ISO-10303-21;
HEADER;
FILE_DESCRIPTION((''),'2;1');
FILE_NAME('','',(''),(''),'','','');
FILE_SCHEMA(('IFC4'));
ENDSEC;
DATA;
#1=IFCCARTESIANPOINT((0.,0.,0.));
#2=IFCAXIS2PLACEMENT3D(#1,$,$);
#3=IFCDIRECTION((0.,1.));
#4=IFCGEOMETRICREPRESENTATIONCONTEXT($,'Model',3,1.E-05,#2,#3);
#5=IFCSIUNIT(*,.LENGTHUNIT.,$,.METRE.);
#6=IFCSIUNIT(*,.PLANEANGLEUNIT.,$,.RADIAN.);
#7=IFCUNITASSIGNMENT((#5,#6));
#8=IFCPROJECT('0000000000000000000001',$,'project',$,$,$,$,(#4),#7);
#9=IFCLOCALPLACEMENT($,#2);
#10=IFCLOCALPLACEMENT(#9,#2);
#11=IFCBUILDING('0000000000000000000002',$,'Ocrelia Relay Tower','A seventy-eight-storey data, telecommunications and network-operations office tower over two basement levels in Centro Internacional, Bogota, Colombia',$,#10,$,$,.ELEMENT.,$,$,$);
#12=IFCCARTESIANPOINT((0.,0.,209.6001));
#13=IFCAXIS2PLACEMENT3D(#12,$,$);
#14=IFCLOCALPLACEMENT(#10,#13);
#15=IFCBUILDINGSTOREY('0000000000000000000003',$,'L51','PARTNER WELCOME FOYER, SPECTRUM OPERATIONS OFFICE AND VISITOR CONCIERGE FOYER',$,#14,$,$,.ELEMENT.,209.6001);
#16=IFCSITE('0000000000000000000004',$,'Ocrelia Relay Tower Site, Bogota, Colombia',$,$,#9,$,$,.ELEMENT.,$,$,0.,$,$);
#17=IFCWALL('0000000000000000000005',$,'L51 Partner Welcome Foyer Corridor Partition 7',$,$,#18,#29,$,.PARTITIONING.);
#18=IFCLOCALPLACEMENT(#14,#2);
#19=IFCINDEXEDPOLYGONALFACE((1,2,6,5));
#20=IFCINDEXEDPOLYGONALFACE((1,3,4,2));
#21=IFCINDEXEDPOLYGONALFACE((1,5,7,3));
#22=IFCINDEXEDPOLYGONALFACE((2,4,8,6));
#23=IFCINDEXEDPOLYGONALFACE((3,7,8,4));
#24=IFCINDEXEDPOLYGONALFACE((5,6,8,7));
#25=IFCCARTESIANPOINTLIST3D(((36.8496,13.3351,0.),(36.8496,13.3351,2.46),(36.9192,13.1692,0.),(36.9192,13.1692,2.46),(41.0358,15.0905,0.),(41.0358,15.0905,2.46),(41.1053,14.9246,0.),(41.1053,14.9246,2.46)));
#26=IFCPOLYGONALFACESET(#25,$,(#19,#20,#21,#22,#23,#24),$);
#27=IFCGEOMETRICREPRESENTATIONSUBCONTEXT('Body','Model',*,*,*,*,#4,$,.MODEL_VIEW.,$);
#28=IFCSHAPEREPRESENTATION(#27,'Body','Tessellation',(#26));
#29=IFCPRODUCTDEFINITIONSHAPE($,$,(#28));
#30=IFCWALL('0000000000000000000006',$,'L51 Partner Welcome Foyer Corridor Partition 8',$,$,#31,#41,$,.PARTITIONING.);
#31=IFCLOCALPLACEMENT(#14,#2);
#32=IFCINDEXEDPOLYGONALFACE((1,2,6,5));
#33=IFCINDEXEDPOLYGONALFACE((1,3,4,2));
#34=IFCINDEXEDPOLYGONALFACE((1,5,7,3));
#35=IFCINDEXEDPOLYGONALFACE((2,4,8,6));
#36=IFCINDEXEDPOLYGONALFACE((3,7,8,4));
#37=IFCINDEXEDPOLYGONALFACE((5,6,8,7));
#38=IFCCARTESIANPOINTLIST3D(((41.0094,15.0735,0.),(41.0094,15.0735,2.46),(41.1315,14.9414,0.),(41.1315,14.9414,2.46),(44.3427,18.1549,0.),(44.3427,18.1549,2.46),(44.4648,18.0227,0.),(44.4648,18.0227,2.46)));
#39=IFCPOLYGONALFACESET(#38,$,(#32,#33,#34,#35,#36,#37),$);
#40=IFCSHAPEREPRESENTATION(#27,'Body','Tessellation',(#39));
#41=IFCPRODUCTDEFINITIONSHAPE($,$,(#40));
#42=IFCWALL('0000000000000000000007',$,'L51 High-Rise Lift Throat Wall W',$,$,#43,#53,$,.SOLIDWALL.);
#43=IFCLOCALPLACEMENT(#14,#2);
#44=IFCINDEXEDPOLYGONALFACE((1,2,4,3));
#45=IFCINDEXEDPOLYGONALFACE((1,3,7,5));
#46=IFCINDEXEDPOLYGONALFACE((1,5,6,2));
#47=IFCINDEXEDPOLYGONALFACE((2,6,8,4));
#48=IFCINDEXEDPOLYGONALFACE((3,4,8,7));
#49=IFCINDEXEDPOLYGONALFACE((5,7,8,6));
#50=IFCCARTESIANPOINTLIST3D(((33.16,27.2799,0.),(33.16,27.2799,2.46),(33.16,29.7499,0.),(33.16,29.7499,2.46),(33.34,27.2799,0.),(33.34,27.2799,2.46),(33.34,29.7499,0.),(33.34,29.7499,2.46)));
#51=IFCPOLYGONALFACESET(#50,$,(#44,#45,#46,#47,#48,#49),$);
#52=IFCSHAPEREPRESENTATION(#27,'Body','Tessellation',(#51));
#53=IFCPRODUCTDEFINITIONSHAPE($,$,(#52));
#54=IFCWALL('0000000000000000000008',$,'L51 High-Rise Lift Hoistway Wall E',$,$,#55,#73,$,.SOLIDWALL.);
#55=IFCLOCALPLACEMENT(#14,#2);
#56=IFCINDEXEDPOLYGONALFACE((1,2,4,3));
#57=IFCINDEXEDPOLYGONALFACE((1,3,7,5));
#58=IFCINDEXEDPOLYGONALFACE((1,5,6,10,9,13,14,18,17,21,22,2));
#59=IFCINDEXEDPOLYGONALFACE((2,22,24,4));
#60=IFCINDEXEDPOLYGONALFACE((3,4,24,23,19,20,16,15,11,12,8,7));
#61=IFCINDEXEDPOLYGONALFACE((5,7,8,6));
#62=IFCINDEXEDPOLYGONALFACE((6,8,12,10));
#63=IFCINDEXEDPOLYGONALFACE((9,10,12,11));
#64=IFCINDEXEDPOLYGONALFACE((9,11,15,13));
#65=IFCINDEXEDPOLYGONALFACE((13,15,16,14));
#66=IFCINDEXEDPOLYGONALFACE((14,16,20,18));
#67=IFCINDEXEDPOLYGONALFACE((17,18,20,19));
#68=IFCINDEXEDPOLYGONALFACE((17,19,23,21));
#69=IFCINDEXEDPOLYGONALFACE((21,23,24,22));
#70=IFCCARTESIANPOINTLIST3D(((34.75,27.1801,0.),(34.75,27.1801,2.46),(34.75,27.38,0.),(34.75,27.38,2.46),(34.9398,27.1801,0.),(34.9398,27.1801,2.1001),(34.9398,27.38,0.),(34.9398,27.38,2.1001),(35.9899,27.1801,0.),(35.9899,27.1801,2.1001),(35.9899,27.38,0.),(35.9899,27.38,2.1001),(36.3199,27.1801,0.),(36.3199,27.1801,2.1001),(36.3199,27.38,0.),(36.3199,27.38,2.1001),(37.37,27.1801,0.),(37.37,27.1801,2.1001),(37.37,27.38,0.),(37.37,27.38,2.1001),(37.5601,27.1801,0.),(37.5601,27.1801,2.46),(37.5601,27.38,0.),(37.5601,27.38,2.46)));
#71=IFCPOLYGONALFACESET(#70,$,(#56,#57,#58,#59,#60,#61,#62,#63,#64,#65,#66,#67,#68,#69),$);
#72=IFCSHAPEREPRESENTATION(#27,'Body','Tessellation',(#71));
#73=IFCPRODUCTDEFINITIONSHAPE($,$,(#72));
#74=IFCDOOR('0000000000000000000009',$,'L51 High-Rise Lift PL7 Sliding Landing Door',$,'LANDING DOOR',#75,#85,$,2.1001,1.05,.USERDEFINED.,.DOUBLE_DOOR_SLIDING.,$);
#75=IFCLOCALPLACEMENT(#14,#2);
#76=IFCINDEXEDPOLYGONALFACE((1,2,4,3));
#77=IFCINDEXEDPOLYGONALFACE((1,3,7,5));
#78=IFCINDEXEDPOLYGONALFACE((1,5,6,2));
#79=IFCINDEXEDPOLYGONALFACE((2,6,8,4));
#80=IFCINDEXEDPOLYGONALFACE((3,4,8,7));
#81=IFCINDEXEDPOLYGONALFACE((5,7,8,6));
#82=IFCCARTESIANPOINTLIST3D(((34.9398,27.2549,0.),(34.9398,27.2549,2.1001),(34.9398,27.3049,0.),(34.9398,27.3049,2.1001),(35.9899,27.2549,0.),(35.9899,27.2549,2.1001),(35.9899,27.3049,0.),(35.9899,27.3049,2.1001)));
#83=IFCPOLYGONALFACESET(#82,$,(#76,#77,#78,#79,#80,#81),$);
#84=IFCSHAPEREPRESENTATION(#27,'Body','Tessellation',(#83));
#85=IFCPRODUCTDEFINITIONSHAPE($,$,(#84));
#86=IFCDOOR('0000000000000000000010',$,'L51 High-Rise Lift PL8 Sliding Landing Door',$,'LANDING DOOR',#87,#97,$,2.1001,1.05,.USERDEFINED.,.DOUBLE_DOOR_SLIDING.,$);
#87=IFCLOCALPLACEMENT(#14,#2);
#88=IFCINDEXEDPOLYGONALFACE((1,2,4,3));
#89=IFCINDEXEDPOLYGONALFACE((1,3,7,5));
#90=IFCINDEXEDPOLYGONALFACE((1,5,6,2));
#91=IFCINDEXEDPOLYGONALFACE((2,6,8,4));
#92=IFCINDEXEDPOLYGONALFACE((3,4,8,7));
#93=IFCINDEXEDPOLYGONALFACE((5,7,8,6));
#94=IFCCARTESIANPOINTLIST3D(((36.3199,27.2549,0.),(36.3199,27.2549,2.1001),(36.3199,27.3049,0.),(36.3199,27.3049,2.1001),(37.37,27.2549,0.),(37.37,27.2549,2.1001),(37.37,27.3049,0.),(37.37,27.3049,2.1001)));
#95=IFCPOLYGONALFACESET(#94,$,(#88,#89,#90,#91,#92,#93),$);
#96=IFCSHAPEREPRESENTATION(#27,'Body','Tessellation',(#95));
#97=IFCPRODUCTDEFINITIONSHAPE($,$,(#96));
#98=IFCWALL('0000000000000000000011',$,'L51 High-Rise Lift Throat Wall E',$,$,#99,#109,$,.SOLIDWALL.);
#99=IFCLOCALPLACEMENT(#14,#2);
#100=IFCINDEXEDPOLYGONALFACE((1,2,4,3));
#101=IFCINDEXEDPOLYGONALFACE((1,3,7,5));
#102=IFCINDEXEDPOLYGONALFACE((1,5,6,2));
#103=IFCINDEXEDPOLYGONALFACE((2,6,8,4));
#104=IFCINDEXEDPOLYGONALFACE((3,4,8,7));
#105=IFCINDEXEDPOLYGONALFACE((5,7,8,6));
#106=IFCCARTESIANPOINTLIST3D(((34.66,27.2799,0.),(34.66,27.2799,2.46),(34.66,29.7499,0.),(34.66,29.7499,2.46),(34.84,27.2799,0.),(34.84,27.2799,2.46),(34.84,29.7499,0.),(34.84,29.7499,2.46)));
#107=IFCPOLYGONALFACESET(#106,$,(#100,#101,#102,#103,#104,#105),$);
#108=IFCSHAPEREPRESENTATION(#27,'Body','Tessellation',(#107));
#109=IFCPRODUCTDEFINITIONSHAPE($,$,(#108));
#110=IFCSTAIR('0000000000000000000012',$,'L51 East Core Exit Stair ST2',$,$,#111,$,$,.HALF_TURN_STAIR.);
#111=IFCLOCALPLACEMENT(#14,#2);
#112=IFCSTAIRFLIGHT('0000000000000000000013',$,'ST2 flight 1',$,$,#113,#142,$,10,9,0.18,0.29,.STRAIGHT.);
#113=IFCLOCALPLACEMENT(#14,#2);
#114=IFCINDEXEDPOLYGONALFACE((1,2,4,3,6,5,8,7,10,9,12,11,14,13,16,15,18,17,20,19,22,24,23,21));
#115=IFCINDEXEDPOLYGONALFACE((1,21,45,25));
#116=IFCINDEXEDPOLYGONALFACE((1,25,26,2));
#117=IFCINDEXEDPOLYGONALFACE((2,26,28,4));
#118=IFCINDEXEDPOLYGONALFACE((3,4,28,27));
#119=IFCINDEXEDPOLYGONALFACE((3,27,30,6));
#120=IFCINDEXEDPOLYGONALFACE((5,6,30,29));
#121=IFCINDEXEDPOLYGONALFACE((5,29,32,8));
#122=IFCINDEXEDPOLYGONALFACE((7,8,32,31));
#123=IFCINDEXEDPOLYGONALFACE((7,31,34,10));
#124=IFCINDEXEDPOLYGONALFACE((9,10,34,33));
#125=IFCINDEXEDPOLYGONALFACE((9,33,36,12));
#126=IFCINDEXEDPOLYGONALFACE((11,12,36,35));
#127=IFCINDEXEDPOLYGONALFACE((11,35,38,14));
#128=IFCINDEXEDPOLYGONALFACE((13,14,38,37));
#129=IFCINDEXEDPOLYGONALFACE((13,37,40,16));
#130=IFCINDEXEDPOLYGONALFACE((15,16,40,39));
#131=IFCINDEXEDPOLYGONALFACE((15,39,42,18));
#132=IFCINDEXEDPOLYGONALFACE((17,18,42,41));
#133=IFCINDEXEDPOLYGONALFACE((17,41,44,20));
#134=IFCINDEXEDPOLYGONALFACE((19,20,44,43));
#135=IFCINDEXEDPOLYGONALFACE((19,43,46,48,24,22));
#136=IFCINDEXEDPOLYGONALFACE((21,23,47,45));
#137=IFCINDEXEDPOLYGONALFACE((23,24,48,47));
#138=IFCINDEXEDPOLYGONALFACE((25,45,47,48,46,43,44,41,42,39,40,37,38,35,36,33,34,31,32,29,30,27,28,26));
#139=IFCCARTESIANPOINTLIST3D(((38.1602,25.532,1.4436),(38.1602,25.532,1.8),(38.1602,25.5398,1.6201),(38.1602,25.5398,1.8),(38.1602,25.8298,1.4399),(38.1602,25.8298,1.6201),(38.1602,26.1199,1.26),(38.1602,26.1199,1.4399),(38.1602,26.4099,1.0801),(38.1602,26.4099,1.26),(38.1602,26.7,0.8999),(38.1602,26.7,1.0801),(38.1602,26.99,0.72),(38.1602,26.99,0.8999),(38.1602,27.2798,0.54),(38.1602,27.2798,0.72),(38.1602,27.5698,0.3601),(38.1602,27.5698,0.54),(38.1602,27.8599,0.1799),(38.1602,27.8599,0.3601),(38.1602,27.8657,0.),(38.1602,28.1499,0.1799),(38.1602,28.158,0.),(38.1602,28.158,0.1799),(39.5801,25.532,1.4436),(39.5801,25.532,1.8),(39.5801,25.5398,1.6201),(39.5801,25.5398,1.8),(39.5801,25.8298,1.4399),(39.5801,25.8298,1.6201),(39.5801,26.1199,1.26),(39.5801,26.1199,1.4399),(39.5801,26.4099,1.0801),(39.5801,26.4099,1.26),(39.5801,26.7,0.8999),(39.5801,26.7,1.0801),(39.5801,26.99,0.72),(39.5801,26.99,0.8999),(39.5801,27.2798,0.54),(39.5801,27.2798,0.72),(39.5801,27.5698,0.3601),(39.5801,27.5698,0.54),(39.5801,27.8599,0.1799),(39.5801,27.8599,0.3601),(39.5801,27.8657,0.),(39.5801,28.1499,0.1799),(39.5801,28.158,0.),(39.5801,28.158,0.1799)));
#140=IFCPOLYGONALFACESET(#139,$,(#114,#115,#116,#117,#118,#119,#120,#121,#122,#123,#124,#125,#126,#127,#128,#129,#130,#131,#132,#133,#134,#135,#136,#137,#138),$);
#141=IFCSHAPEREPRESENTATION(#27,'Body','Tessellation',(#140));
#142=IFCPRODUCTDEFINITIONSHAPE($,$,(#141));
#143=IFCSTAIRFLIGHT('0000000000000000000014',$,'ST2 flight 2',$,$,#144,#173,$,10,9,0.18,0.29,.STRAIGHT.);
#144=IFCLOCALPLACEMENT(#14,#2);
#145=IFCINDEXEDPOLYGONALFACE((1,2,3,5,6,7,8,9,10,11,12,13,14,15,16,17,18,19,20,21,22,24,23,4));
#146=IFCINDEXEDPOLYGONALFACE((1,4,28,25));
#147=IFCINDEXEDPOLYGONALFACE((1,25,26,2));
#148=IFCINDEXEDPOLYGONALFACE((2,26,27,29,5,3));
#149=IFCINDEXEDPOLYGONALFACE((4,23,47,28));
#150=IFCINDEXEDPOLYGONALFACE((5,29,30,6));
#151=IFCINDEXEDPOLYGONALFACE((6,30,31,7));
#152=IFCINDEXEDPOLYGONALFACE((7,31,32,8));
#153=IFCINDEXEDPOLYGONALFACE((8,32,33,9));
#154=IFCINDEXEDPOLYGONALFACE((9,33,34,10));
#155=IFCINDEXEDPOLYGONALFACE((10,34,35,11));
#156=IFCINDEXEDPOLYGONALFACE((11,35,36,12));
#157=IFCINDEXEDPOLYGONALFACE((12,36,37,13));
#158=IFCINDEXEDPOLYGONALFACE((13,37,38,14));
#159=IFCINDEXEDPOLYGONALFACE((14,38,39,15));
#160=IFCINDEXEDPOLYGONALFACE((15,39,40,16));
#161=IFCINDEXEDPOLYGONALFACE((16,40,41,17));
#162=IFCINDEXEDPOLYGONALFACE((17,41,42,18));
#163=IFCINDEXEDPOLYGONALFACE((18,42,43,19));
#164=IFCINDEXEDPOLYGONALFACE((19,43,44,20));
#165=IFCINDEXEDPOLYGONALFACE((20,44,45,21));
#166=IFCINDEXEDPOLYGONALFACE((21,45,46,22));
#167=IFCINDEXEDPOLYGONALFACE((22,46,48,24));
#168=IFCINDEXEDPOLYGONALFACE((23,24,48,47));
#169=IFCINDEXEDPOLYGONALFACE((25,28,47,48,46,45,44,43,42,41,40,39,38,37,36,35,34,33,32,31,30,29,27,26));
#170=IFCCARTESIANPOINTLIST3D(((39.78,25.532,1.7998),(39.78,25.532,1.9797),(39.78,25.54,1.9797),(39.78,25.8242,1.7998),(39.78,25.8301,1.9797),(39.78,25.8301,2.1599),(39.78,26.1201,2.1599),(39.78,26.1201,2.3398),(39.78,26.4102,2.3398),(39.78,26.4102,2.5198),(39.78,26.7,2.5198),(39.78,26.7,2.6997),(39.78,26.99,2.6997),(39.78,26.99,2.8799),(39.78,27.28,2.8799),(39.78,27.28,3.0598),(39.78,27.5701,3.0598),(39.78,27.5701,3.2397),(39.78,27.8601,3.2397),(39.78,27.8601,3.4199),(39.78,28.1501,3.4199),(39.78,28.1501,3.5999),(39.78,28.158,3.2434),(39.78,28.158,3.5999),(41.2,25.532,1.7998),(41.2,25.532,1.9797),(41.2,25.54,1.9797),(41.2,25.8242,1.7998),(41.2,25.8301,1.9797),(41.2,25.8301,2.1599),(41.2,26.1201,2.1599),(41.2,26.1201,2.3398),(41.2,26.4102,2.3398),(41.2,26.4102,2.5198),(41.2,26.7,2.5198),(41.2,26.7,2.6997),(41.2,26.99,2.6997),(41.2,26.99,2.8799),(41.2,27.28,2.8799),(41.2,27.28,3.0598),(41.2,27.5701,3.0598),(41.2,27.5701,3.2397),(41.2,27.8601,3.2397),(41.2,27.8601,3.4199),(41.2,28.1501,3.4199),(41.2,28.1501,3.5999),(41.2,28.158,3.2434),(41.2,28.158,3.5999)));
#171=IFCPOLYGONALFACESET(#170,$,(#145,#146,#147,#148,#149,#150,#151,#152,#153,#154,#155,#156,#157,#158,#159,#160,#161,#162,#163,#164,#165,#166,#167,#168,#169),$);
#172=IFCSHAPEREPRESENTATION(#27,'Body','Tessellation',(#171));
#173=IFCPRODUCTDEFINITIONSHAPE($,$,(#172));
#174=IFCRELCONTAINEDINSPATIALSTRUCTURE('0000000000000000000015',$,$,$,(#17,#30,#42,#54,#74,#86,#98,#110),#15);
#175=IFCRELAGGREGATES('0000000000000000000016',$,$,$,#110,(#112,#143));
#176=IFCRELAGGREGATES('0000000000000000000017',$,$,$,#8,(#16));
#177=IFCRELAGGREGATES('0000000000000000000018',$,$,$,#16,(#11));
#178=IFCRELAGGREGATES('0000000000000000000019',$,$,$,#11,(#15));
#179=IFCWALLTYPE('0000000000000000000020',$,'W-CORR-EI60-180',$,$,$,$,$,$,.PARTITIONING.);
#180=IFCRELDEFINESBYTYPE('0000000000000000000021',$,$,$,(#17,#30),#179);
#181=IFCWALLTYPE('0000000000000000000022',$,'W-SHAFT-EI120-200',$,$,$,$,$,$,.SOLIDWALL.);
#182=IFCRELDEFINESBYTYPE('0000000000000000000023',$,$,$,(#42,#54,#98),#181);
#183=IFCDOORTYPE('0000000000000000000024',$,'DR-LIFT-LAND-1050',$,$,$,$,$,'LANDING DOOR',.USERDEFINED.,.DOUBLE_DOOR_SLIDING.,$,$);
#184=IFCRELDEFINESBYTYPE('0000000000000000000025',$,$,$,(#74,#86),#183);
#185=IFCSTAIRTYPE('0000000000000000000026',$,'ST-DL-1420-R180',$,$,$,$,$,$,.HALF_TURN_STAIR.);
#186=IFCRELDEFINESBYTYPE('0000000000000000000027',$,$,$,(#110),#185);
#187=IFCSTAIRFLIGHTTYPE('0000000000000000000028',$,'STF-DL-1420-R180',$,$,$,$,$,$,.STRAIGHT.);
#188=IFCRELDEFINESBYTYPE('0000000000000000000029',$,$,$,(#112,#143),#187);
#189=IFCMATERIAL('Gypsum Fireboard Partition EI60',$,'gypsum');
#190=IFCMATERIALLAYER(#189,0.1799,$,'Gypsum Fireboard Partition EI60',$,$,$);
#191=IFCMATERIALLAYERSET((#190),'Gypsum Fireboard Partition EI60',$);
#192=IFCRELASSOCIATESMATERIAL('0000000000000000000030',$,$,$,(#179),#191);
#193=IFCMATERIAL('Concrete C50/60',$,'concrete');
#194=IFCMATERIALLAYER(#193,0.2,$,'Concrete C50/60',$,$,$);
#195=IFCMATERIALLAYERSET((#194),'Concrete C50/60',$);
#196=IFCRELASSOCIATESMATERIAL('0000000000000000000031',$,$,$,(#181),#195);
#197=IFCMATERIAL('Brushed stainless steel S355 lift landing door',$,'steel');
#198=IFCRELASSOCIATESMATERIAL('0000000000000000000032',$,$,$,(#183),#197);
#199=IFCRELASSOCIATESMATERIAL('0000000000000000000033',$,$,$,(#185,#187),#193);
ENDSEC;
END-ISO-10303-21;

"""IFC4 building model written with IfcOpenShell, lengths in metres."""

from ifc_helpers import new_model, si_unit, direction, frame, frame_2d, origin, place, context, subcontext, project, spatial, polyline, rectangle, outline, extrude, material, layer, layer_set, type_object, element, fill, aggregate, save


model = new_model("IFC4")

# Units and contexts
model_context = context("Model", 3, precision=1e-05, world=origin(), true_north=direction((0.0, 1.0)))
body_context = subcontext(model_context, "Body", "Model", "MODEL_VIEW")
ifc_project = project(units=[si_unit("LENGTHUNIT", "METRE"), si_unit("PLANEANGLEUNIT", "RADIAN")], contexts=[model_context])

# Site, building, storey
site_placement = place(None, origin())
site = spatial("IfcSite", under=ifc_project, at=site_placement, Name="Ocrelia Relay Tower Site, Bogota, Colombia", CompositionType="ELEMENT", RefElevation=0.0)
building_placement = place(site_placement, origin())
building = spatial("IfcBuilding", under=site, at=building_placement, Name="Ocrelia Relay Tower", Description="A seventy-eight-storey data, telecommunications and network-operations office tower over two basement levels in Centro Internacional, Bogota, Colombia", CompositionType="ELEMENT")
storey_placement = place(building_placement, frame((0.0, 0.0, 209.6001)))
storey = spatial("IfcBuildingStorey", under=building, at=storey_placement, Name="L51", Description="PARTNER WELCOME FOYER, SPECTRUM OPERATIONS OFFICE AND VISITOR CONCIERGE FOYER", CompositionType="ELEMENT", Elevation=209.6001)

# Walls
ifc_material_1 = material(Name="Gypsum Fireboard Partition EI60", Category="gypsum")
ifc_layer_1 = layer(ifc_material_1, 0.1799, Name="Gypsum Fireboard Partition EI60")
ifc_layer_set_1 = layer_set([ifc_layer_1], Name="Gypsum Fireboard Partition EI60")
wall_type_1 = type_object("IfcWallType", Name="W-CORR-EI60-180", PredefinedType="PARTITIONING", material=ifc_layer_set_1)
for number, where, z_axis, x_axis, name in (
    (1, (36.8845, 13.2522, 0.0), (0.0, 0.0, 1.0), (0.922199, 0.386715, 0.0), "L51 Partner Welcome Foyer Corridor Partition 7"),
    (2, (41.0706, 15.0076, 0.0), (0.0, 0.0, 1.0), (0.734315, 0.678809, 0.0), "L51 Partner Welcome Foyer Corridor Partition 8"),
):
    element("IfcWall", number, at=place(storey_placement, frame(where, z_axis=z_axis, x_axis=x_axis)), inside=storey, type_object=wall_type_1, Name=name, PredefinedType="PARTITIONING", context=body_context, shape_type="SweptSolid", body=[
        extrude(rectangle(XDim=4.5393, YDim=0.1799, at=frame_2d((2.2695, 0.0))), origin(), (0.0, 0.0, 1.0), 2.46),
    ])
ifc_material_2 = material(Name="Concrete C50/60", Category="concrete")
ifc_layer_2 = layer(ifc_material_2, 0.2, Name="Concrete C50/60")
ifc_layer_set_2 = layer_set([ifc_layer_2], Name="Concrete C50/60")
wall_type_2 = type_object("IfcWallType", Name="W-SHAFT-EI120-200", PredefinedType="SOLIDWALL", material=ifc_layer_set_2)
wall_1_placement = place(storey_placement, frame((33.25, 27.28, 0.0), z_axis=(0.0, 0.0, 1.0), x_axis=(0.0, 1.0, 0.0)))
element("IfcWall", 3, at=wall_1_placement, inside=storey, type_object=wall_type_2, Name="L51 High-Rise Lift Throat Wall W", PredefinedType="SOLIDWALL", context=body_context, shape_type="SweptSolid", body=[
    extrude(rectangle(XDim=2.47, YDim=0.1799, at=frame_2d((1.2349, 0.0))), origin(), (0.0, 0.0, 1.0), 2.46),
])

# Wall, openings, doors
wall_2_placement = place(storey_placement, frame((34.75, 27.28, 0.0), z_axis=(0.0, 0.0, 1.0), x_axis=(1.0, 0.0, 0.0)))
wall_2 = element("IfcWall", 4, at=wall_2_placement, inside=storey, type_object=wall_type_2, Name="L51 High-Rise Lift Hoistway Wall E", PredefinedType="SOLIDWALL", context=body_context, shape_type="SweptSolid", body=[
    extrude(rectangle(XDim=2.8101, YDim=0.2, at=frame_2d((1.405, 0.0))), origin(), (0.0, 0.0, 1.0), 2.46),
])
opening_1_placement = place(wall_2_placement, frame((0.1899, 0.0, 0.0)))
opening_1 = element("IfcOpeningElement", 5, at=opening_1_placement, cuts=wall_2, PredefinedType="OPENING", context=body_context, shape_type="SweptSolid", body=[
    extrude(rectangle(XDim=1.05, YDim=2.1001, at=frame_2d((0.5249, 1.05))), frame((0.0, 0.1099, 0.0), z_axis=(0.0, -1.0, 0.0), x_axis=(1.0, 0.0, 0.0)), (0.0, 0.0, 1.0), 0.22),
])
opening_2_placement = place(wall_2_placement, frame((1.5701, 0.0, 0.0)))
opening_2 = element("IfcOpeningElement", 6, at=opening_2_placement, cuts=wall_2, PredefinedType="OPENING", context=body_context, shape_type="SweptSolid", body=[
    extrude(rectangle(XDim=1.05, YDim=2.1001, at=frame_2d((0.5249, 1.05))), frame((0.0, 0.1099, 0.0), z_axis=(0.0, -1.0, 0.0), x_axis=(1.0, 0.0, 0.0)), (0.0, 0.0, 1.0), 0.22),
])
ifc_material_3 = material(Name="Brushed stainless steel S355 lift landing door", Category="steel")
door_type = type_object("IfcDoorType", Name="DR-LIFT-LAND-1050", ElementType="LANDING DOOR", OperationType="DOUBLE_DOOR_SLIDING", PredefinedType="USERDEFINED", material=ifc_material_3)
door_1_placement = place(opening_1_placement, origin())
door_1 = element("IfcDoor", 7, at=door_1_placement, inside=storey, type_object=door_type, Name="L51 High-Rise Lift PL7 Sliding Landing Door", ObjectType="LANDING DOOR", OperationType="DOUBLE_DOOR_SLIDING", OverallHeight=2.1001, OverallWidth=1.05, PredefinedType="USERDEFINED", context=body_context, shape_type="SweptSolid", body=[
    extrude(rectangle(XDim=1.05, YDim=2.1001, at=frame_2d((0.5249, 1.05))), frame((0.0, 0.0249, 0.0), z_axis=(0.0, -1.0, 0.0), x_axis=(1.0, 0.0, 0.0)), (0.0, 0.0, 1.0), 0.05),
])
fill(opening_1, door_1)
door_2_placement = place(opening_2_placement, origin())
door_2 = element("IfcDoor", 8, at=door_2_placement, inside=storey, type_object=door_type, Name="L51 High-Rise Lift PL8 Sliding Landing Door", ObjectType="LANDING DOOR", OperationType="DOUBLE_DOOR_SLIDING", OverallHeight=2.1001, OverallWidth=1.05, PredefinedType="USERDEFINED", context=body_context, shape_type="SweptSolid", body=[
    extrude(rectangle(XDim=1.05, YDim=2.1001, at=frame_2d((0.5249, 1.05))), frame((0.0, 0.0249, 0.0), z_axis=(0.0, -1.0, 0.0), x_axis=(1.0, 0.0, 0.0)), (0.0, 0.0, 1.0), 0.05),
])
fill(opening_2, door_2)

# Wall
wall_3_placement = place(storey_placement, frame((34.75, 27.28, 0.0), z_axis=(0.0, 0.0, 1.0), x_axis=(0.0, 1.0, 0.0)))
element("IfcWall", 9, at=wall_3_placement, inside=storey, type_object=wall_type_2, Name="L51 High-Rise Lift Throat Wall E", PredefinedType="SOLIDWALL", context=body_context, shape_type="SweptSolid", body=[
    extrude(rectangle(XDim=2.47, YDim=0.1799, at=frame_2d((1.2349, 0.0))), origin(), (0.0, 0.0, 1.0), 2.46),
])

# Stair, stair flights
stair_type = type_object("IfcStairType", Name="ST-DL-1420-R180", PredefinedType="HALF_TURN_STAIR", material=ifc_material_2)
stair_placement = place(storey_placement, origin())
stair = element("IfcStair", 10, at=stair_placement, inside=storey, type_object=stair_type, Name="L51 East Core Exit Stair ST2", PredefinedType="HALF_TURN_STAIR")
stair_flight_type = type_object("IfcStairFlightType", Name="STF-DL-1420-R180", PredefinedType="STRAIGHT", material=ifc_material_2)
stair_flight_1_placement = place(storey_placement, frame((38.8701, 28.1499, 0.0), z_axis=(0.0, 0.0, 1.0), x_axis=(0.0, -1.0, 0.0)))
stair_flight_1 = element("IfcStairFlight", 11, at=stair_flight_1_placement, type_object=stair_flight_type, Name="ST2 flight 1", NumberOfRisers=10, NumberOfTreads=9, PredefinedType="STRAIGHT", RiserHeight=0.18, TreadLength=0.29, context=body_context, shape_type="SweptSolid", body=[
    extrude(outline(polyline([(-0.0081, 0.0), (-0.0081, 0.1799), (0.0, 0.1799), (0.29, 0.1799), (0.29, 0.3601), (0.5801, 0.3601), (0.5801, 0.54), (0.8701, 0.54), (0.8701, 0.72), (1.1599, 0.72), (1.1599, 0.8999), (1.45, 0.8999), (1.45, 1.0801), (1.74, 1.0801), (1.74, 1.26), (2.03, 1.26), (2.03, 1.4399), (2.3201, 1.4399), (2.3201, 1.6201), (2.6101, 1.6201), (2.6101, 1.8), (2.6179, 1.8), (2.6179, 1.4436), (0.2842, 0.0), (-0.0081, 0.0)])), frame((0.0, 0.71, 0.0), z_axis=(0.0, -1.0, 0.0), x_axis=(1.0, 0.0, 0.0)), (0.0, 0.0, 1.0), 1.4199),
])
stair_flight_2_placement = place(storey_placement, frame((40.49, 25.54, 1.7998), z_axis=(0.0, 0.0, 1.0), x_axis=(0.0, 1.0, 0.0)))
stair_flight_2 = element("IfcStairFlight", 12, at=stair_flight_2_placement, type_object=stair_flight_type, Name="ST2 flight 2", NumberOfRisers=10, NumberOfTreads=9, PredefinedType="STRAIGHT", RiserHeight=0.18, TreadLength=0.29, context=body_context, shape_type="SweptSolid", body=[
    extrude(outline(polyline([(-0.0081, 0.0), (-0.0081, 0.1799), (0.0, 0.1799), (0.29, 0.1799), (0.29, 0.3601), (0.5801, 0.3601), (0.5801, 0.54), (0.8701, 0.54), (0.8701, 0.72), (1.1599, 0.72), (1.1599, 0.8999), (1.45, 0.8999), (1.45, 1.0801), (1.74, 1.0801), (1.74, 1.26), (2.03, 1.26), (2.03, 1.4399), (2.3201, 1.4399), (2.3201, 1.6201), (2.6101, 1.6201), (2.6101, 1.8), (2.6179, 1.8), (2.6179, 1.4436), (0.2842, 0.0), (-0.0081, 0.0)])), frame((0.0, 0.71, 0.0), z_axis=(0.0, -1.0, 0.0), x_axis=(1.0, 0.0, 0.0)), (0.0, 0.0, 1.0), 1.4199),
])
aggregate(stair, [stair_flight_1, stair_flight_2])

save(model, "model.ifc")
